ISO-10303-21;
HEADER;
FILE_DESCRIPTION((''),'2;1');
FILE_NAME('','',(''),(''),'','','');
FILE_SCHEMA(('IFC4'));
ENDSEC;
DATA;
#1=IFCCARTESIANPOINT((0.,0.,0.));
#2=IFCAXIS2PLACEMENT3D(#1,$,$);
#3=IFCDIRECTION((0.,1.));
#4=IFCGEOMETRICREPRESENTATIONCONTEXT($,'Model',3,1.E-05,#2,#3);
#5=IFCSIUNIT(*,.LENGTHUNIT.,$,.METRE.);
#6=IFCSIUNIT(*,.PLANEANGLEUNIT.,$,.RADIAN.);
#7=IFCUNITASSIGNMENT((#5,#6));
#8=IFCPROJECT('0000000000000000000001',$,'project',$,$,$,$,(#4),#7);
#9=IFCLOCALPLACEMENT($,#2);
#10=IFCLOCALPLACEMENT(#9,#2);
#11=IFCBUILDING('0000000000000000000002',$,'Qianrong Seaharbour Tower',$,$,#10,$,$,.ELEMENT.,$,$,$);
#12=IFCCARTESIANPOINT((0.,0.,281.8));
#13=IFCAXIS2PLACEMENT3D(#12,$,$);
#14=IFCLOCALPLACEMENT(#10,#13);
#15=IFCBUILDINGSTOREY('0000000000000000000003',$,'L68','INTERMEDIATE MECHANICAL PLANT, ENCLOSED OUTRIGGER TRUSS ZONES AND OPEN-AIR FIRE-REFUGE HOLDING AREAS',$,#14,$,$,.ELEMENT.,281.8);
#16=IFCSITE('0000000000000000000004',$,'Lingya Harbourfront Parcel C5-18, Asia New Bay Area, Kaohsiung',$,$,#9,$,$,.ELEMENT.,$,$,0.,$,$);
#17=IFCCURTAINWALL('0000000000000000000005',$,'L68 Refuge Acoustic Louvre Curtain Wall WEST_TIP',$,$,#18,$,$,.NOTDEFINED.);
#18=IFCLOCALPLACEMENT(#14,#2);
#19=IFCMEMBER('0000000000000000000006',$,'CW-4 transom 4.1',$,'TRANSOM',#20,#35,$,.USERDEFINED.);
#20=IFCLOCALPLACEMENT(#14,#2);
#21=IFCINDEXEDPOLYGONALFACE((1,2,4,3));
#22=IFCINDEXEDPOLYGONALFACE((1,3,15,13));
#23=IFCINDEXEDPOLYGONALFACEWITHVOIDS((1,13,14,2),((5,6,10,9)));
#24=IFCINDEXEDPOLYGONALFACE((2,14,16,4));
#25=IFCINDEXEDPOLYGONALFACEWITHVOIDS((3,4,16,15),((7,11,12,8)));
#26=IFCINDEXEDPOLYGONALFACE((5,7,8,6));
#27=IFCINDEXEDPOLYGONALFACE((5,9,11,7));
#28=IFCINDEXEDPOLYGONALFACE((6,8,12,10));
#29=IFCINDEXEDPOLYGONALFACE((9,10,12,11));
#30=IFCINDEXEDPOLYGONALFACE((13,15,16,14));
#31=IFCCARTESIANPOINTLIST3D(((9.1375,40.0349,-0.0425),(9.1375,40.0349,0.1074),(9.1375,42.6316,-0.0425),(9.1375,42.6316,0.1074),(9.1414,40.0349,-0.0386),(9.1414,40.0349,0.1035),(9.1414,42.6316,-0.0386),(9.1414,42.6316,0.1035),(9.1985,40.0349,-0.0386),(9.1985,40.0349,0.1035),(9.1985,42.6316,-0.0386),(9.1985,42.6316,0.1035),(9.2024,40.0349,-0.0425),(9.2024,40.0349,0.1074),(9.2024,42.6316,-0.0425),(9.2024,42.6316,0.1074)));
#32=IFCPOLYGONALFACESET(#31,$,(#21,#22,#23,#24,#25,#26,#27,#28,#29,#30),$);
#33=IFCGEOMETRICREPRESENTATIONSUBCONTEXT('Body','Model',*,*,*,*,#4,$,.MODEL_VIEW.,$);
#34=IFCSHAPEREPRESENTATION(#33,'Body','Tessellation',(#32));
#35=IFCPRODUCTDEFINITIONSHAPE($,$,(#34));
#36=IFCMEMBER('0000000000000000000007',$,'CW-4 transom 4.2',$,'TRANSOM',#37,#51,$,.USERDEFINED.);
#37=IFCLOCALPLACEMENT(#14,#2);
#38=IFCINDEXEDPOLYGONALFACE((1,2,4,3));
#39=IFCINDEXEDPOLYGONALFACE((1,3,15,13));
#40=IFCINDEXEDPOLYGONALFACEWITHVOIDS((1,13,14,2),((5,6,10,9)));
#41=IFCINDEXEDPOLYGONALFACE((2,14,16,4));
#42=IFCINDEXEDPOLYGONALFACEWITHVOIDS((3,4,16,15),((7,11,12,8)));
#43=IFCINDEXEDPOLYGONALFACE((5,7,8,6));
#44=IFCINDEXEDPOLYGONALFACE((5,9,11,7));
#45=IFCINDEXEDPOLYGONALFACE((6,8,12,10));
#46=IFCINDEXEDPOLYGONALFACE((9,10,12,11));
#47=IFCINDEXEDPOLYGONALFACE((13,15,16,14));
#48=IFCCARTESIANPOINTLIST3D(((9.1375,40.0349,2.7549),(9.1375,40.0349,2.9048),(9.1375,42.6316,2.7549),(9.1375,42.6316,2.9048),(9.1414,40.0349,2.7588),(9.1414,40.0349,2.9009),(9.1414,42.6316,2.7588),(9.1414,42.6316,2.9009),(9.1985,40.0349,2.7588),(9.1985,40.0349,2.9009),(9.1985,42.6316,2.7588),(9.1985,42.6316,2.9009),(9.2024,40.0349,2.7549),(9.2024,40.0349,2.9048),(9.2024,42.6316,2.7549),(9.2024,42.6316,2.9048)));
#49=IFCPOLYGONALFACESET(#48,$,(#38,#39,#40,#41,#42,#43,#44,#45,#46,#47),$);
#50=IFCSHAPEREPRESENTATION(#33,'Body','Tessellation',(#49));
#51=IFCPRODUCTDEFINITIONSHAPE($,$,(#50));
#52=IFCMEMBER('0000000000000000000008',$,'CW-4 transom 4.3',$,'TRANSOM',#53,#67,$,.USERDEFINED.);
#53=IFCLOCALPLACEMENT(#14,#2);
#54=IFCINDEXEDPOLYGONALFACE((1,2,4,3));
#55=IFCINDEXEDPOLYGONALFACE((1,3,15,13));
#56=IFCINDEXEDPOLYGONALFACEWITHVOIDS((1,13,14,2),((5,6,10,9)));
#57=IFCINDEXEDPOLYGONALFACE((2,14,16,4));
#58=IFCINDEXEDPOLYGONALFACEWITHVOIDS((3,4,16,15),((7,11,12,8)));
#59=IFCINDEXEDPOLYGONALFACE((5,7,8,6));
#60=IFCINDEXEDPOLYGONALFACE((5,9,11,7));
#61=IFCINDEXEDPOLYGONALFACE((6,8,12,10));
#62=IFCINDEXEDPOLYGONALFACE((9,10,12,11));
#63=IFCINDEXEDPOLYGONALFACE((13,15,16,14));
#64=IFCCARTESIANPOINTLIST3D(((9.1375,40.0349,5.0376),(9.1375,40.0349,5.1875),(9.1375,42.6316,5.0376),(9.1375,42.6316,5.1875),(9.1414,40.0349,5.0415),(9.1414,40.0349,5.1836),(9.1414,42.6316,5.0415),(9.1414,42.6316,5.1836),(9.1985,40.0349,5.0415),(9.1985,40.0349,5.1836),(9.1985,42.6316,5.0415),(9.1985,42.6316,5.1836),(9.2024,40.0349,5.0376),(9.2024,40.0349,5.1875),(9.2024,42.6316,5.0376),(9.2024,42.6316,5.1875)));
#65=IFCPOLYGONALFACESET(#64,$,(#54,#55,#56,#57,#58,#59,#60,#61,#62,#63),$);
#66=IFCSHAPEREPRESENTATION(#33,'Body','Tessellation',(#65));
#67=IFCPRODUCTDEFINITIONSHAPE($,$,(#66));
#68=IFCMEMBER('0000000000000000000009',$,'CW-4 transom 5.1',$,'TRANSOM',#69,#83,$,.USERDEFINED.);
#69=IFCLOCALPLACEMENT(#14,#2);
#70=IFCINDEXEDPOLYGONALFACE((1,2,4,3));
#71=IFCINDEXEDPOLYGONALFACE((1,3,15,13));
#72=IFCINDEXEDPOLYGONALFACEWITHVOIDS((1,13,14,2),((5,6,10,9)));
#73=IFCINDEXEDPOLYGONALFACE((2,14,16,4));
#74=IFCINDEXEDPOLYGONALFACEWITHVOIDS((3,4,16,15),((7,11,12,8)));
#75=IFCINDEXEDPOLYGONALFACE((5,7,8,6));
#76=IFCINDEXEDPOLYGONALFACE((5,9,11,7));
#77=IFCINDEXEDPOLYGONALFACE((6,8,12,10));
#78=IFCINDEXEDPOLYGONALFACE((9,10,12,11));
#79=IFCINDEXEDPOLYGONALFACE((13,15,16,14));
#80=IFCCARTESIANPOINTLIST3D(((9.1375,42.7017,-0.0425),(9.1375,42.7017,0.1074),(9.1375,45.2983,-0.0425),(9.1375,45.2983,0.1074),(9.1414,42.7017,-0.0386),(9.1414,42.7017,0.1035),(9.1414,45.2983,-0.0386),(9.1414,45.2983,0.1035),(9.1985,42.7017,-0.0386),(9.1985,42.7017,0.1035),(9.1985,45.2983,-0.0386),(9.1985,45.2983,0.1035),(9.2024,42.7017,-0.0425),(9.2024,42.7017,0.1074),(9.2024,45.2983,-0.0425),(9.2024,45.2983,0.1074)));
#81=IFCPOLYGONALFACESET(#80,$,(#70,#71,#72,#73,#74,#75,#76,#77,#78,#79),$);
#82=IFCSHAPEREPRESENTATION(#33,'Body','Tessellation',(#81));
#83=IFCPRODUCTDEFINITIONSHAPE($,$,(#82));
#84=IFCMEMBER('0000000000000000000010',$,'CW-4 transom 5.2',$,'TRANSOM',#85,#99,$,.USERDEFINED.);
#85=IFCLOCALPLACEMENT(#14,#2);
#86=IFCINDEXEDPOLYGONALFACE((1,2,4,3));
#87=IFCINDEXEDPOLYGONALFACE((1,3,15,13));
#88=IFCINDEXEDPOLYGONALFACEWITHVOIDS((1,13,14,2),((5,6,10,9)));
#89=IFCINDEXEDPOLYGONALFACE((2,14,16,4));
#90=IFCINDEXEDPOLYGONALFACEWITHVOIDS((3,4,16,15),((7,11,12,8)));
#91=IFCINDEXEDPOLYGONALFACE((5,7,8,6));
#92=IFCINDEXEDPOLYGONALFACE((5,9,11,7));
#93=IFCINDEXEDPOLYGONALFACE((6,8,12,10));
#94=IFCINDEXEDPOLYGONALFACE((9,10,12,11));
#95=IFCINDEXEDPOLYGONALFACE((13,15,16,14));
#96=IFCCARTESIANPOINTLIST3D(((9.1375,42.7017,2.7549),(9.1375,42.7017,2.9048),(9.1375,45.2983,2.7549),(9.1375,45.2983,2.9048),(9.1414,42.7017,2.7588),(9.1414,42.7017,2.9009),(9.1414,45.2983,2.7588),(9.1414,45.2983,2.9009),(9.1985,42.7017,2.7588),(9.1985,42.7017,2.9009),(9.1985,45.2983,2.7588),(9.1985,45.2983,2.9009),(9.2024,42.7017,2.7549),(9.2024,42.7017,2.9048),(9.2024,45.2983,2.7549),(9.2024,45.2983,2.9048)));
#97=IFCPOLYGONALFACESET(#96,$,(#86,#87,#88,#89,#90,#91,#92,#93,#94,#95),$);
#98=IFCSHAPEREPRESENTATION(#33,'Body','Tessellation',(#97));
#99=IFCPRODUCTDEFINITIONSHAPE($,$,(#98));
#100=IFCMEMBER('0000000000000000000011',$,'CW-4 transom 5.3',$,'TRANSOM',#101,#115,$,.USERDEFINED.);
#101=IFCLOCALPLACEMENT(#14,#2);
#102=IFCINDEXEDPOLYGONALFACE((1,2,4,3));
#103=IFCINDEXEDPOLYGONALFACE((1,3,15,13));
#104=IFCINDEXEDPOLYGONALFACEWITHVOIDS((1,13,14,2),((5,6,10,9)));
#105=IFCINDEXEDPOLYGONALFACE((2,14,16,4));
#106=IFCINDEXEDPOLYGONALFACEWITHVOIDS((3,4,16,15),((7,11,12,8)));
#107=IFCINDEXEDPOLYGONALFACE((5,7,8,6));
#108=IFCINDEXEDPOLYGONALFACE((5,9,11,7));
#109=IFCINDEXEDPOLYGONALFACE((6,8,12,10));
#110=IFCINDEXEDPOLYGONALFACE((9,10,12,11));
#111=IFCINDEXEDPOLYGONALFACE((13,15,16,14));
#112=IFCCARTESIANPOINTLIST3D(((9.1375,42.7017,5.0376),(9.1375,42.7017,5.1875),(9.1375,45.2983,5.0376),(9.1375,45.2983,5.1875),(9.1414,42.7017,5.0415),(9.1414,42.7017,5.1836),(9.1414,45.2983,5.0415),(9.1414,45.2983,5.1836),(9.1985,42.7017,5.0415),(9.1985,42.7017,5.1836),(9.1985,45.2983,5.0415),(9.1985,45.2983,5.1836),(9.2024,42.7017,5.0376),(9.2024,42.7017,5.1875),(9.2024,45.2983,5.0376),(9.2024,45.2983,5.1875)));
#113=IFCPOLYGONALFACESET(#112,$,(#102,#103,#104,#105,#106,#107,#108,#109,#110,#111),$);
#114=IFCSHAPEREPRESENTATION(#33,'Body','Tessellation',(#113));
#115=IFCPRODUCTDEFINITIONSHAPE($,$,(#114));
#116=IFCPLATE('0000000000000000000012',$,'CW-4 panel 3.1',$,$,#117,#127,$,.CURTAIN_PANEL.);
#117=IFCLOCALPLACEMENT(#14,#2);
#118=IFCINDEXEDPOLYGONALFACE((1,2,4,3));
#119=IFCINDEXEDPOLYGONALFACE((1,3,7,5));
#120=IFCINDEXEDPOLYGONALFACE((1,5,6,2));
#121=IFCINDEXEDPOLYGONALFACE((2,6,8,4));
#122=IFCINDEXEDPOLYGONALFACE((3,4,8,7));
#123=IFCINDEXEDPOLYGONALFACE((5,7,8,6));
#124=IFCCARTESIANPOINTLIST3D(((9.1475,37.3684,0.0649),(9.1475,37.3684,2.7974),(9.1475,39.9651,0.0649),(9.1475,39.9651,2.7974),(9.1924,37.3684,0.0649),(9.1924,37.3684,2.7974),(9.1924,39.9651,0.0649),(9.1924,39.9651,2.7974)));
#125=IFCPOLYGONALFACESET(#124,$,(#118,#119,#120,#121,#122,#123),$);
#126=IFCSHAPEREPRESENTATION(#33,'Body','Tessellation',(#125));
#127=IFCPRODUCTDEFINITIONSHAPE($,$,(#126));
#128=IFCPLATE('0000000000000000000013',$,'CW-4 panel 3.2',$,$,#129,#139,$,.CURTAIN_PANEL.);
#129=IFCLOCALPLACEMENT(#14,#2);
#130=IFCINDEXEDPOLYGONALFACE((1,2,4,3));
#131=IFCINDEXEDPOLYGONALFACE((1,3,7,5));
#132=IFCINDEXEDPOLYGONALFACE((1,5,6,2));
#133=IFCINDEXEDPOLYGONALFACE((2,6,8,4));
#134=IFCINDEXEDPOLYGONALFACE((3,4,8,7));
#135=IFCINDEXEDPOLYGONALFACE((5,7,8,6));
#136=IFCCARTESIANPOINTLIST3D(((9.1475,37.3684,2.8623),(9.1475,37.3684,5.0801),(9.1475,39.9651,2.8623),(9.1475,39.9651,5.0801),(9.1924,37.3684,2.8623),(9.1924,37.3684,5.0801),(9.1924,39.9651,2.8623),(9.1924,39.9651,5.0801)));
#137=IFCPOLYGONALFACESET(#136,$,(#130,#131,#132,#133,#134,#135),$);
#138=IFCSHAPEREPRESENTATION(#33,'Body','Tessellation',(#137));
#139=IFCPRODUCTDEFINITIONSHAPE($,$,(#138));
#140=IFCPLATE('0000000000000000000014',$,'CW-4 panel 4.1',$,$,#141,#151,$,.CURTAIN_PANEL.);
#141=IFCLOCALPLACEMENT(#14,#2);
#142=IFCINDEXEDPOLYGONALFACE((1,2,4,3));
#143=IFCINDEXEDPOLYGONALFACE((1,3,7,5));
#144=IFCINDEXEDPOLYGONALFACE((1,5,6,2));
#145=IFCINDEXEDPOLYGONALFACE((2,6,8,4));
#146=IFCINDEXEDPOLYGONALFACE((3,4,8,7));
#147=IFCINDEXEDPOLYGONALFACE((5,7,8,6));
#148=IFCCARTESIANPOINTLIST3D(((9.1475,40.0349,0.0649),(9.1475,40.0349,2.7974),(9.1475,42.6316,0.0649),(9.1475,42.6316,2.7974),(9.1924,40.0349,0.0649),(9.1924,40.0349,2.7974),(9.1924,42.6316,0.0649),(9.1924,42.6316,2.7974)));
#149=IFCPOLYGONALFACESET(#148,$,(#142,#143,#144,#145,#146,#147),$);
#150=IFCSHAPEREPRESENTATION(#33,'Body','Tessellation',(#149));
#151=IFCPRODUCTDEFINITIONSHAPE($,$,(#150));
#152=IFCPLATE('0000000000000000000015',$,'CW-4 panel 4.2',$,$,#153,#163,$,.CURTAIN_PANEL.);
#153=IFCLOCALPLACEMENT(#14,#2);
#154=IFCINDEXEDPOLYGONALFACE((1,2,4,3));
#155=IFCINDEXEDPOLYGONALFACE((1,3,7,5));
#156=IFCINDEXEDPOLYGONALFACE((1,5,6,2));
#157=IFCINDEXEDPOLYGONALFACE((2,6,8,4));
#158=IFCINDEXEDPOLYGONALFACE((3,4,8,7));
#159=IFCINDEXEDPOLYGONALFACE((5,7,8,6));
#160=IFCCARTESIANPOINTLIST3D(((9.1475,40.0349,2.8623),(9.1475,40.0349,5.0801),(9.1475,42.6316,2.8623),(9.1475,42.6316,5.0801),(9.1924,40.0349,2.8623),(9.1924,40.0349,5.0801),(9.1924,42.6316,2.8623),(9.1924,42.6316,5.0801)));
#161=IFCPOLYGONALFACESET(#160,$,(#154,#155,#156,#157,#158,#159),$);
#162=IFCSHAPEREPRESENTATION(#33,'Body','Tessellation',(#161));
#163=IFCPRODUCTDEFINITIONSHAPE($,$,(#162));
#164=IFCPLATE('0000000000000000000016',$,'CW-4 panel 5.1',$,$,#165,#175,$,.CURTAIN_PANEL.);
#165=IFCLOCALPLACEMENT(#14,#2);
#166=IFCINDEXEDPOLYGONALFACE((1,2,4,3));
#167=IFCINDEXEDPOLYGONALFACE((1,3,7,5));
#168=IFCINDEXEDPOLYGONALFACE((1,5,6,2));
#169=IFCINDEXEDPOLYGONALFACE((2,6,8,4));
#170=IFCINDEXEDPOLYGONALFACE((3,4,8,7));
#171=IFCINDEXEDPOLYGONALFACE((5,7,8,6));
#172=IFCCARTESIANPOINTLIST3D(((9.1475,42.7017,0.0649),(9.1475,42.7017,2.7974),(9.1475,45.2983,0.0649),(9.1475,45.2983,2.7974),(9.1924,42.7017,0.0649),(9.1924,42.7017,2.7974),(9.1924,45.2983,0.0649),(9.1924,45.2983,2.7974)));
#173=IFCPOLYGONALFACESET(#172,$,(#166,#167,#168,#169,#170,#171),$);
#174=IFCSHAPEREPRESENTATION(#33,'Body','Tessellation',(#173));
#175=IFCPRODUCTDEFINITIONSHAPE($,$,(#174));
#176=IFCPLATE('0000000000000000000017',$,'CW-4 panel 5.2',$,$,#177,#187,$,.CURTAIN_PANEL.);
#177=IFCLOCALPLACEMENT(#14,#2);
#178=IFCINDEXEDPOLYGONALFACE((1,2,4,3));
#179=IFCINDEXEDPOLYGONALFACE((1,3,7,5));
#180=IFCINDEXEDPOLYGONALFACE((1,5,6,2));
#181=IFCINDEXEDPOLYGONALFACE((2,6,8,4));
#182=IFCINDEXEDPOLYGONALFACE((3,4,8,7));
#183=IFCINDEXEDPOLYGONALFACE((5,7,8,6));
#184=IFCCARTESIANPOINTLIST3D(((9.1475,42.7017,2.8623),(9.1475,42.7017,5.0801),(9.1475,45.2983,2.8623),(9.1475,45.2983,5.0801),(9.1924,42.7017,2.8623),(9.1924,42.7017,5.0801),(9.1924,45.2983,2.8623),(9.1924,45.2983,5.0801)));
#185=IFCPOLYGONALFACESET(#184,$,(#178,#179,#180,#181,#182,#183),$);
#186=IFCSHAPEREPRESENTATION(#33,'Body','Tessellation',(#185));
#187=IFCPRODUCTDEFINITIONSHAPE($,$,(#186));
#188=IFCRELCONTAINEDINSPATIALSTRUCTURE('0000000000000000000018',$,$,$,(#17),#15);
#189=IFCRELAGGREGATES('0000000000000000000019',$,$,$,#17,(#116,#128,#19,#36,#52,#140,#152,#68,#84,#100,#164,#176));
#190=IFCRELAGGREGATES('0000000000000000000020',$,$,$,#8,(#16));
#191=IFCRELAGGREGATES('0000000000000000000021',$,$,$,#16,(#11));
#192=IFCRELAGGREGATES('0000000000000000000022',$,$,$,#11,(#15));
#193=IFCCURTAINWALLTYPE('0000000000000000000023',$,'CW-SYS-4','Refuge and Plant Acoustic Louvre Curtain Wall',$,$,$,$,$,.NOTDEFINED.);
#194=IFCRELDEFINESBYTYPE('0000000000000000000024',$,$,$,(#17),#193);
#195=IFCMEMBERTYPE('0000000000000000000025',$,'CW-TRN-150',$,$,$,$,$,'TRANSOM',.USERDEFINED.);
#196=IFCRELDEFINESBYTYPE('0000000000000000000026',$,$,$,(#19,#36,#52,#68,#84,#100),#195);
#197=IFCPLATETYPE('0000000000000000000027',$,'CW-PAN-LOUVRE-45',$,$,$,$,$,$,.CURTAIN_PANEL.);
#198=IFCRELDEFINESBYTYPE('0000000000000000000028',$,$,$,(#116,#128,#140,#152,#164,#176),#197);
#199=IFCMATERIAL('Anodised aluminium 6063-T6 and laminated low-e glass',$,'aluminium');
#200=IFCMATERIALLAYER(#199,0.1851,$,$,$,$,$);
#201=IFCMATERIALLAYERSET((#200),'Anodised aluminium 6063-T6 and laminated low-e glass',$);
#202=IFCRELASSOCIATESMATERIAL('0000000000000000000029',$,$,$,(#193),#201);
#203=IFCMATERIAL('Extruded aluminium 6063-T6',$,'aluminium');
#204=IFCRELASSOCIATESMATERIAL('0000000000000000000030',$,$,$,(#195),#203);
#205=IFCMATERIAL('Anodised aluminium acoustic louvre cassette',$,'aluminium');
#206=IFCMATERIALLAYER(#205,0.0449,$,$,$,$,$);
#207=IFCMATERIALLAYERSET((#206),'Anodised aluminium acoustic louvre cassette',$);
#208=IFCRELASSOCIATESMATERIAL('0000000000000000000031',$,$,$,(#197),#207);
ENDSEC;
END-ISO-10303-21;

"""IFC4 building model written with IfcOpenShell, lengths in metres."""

from ifc_helpers import new_model, si_unit, direction, frame, origin, origin_2d, place, context, subcontext, project, spatial, rectangle, hollow_rectangle, extrude, material, layer, layer_set, material_profile, profile_set, type_object, element, aggregate, save


model = new_model("IFC4")

# Units and contexts
model_context = context("Model", 3, precision=1e-05, world=origin(), true_north=direction((0.0, 1.0)))
body_context = subcontext(model_context, "Body", "Model", "MODEL_VIEW")
ifc_project = project(units=[si_unit("LENGTHUNIT", "METRE"), si_unit("PLANEANGLEUNIT", "RADIAN")], contexts=[model_context])

# Site, building, storey
site_placement = place(None, origin())
site = spatial("IfcSite", under=ifc_project, at=site_placement, Name="Lingya Harbourfront Parcel C5-18, Asia New Bay Area, Kaohsiung", CompositionType="ELEMENT", RefElevation=0.0)
building_placement = place(site_placement, origin())
building = spatial("IfcBuilding", under=site, at=building_placement, Name="Qianrong Seaharbour Tower", CompositionType="ELEMENT")
storey_placement = place(building_placement, frame((0.0, 0.0, 281.8)))
storey = spatial("IfcBuildingStorey", under=building, at=storey_placement, Name="L68", Description="INTERMEDIATE MECHANICAL PLANT, ENCLOSED OUTRIGGER TRUSS ZONES AND OPEN-AIR FIRE-REFUGE HOLDING AREAS", CompositionType="ELEMENT", Elevation=281.8)

# Curtain wall, members, plates
ifc_material_1 = material(Name="Anodised aluminium 6063-T6 and laminated low-e glass", Category="aluminium")
ifc_layer_1 = layer(ifc_material_1, 0.1851)
ifc_layer_set_1 = layer_set([ifc_layer_1], Name="Anodised aluminium 6063-T6 and laminated low-e glass")
curtain_wall_type = type_object("IfcCurtainWallType", Name="CW-SYS-4", Description="Refuge and Plant Acoustic Louvre Curtain Wall", PredefinedType="NOTDEFINED", material=ifc_layer_set_1)
curtain_wall_placement = place(storey_placement, origin())
curtain_wall = element("IfcCurtainWall", 1, at=curtain_wall_placement, inside=storey, type_object=curtain_wall_type, Name="L68 Refuge Acoustic Louvre Curtain Wall WEST_TIP", PredefinedType="NOTDEFINED")
ifc_material_2 = material(Name="Extruded aluminium 6063-T6", Category="aluminium")
ifc_material_profile_1 = material_profile(ifc_material_2, hollow_rectangle(XDim=0.0649, YDim=0.1499, WallThickness=0.0039, at=origin_2d()), Name="ALU-TRN-150x65x4")
ifc_profile_set_1 = profile_set([ifc_material_profile_1], Name="Extruded aluminium 6063-T6")
member_type_1 = type_object("IfcMemberType", Name="CW-TRN-150", ElementType="TRANSOM", PredefinedType="USERDEFINED", material=ifc_profile_set_1)
member_1_placement = place(storey_placement, frame((9.1699, 40.0349, 0.0325), z_axis=(0.0, 1.0, 0.0), x_axis=(-1.0, 0.0, 0.0)))
member_1 = element("IfcMember", 2, at=member_1_placement, type_object=member_type_1, Name="CW-4 transom 4.1", ObjectType="TRANSOM", PredefinedType="USERDEFINED", context=body_context, shape_type="SweptSolid", body=[
    extrude(hollow_rectangle(XDim=0.0649, YDim=0.1499, WallThickness=0.0039, at=origin_2d()), origin(), (0.0, 0.0, 1.0), 2.5967),
])
member_2_placement = place(storey_placement, frame((9.1699, 40.0349, 2.8298), z_axis=(0.0, 1.0, 0.0), x_axis=(-1.0, 0.0, 0.0)))
member_2 = element("IfcMember", 3, at=member_2_placement, type_object=member_type_1, Name="CW-4 transom 4.2", ObjectType="TRANSOM", PredefinedType="USERDEFINED", context=body_context, shape_type="SweptSolid", body=[
    extrude(hollow_rectangle(XDim=0.0649, YDim=0.1499, WallThickness=0.0039, at=origin_2d()), origin(), (0.0, 0.0, 1.0), 2.5967),
])
member_3_placement = place(storey_placement, frame((9.1699, 40.0349, 5.1125), z_axis=(0.0, 1.0, 0.0), x_axis=(-1.0, 0.0, 0.0)))
member_3 = element("IfcMember", 4, at=member_3_placement, type_object=member_type_1, Name="CW-4 transom 4.3", ObjectType="TRANSOM", PredefinedType="USERDEFINED", context=body_context, shape_type="SweptSolid", body=[
    extrude(hollow_rectangle(XDim=0.0649, YDim=0.1499, WallThickness=0.0039, at=origin_2d()), origin(), (0.0, 0.0, 1.0), 2.5967),
])
member_4_placement = place(storey_placement, frame((9.1699, 42.7017, 0.0325), z_axis=(0.0, 1.0, 0.0), x_axis=(-1.0, 0.0, 0.0)))
member_4 = element("IfcMember", 5, at=member_4_placement, type_object=member_type_1, Name="CW-4 transom 5.1", ObjectType="TRANSOM", PredefinedType="USERDEFINED", context=body_context, shape_type="SweptSolid", body=[
    extrude(hollow_rectangle(XDim=0.0649, YDim=0.1499, WallThickness=0.0039, at=origin_2d()), origin(), (0.0, 0.0, 1.0), 2.5967),
])
member_5_placement = place(storey_placement, frame((9.1699, 42.7017, 2.8298), z_axis=(0.0, 1.0, 0.0), x_axis=(-1.0, 0.0, 0.0)))
member_5 = element("IfcMember", 6, at=member_5_placement, type_object=member_type_1, Name="CW-4 transom 5.2", ObjectType="TRANSOM", PredefinedType="USERDEFINED", context=body_context, shape_type="SweptSolid", body=[
    extrude(hollow_rectangle(XDim=0.0649, YDim=0.1499, WallThickness=0.0039, at=origin_2d()), origin(), (0.0, 0.0, 1.0), 2.5967),
])
member_6_placement = place(storey_placement, frame((9.1699, 42.7017, 5.1125), z_axis=(0.0, 1.0, 0.0), x_axis=(-1.0, 0.0, 0.0)))
member_6 = element("IfcMember", 7, at=member_6_placement, type_object=member_type_1, Name="CW-4 transom 5.3", ObjectType="TRANSOM", PredefinedType="USERDEFINED", context=body_context, shape_type="SweptSolid", body=[
    extrude(hollow_rectangle(XDim=0.0649, YDim=0.1499, WallThickness=0.0039, at=origin_2d()), origin(), (0.0, 0.0, 1.0), 2.5967),
])
ifc_material_3 = material(Name="Anodised aluminium acoustic louvre cassette", Category="aluminium")
ifc_layer_2 = layer(ifc_material_3, 0.0449)
ifc_layer_set_2 = layer_set([ifc_layer_2], Name="Anodised aluminium acoustic louvre cassette")
plate_type_1 = type_object("IfcPlateType", Name="CW-PAN-LOUVRE-45", PredefinedType="CURTAIN_PANEL", material=ifc_layer_set_2)
plate_1_placement = place(storey_placement, frame((9.1699, 38.6667, 0.0649), z_axis=(0.0, 0.0, 1.0), x_axis=(0.0, 1.0, 0.0)))
plate_1 = element("IfcPlate", 8, at=plate_1_placement, type_object=plate_type_1, Name="CW-4 panel 3.1", PredefinedType="CURTAIN_PANEL", context=body_context, shape_type="SweptSolid", body=[
    extrude(rectangle(XDim=2.5967, YDim=0.0449, at=origin_2d()), origin(), (0.0, 0.0, 1.0), 2.7324),
])
plate_2_placement = place(storey_placement, frame((9.1699, 38.6667, 2.8623), z_axis=(0.0, 0.0, 1.0), x_axis=(0.0, 1.0, 0.0)))
plate_2 = element("IfcPlate", 9, at=plate_2_placement, type_object=plate_type_1, Name="CW-4 panel 3.2", PredefinedType="CURTAIN_PANEL", context=body_context, shape_type="SweptSolid", body=[
    extrude(rectangle(XDim=2.5967, YDim=0.0449, at=origin_2d()), origin(), (0.0, 0.0, 1.0), 2.2178),
])
plate_3_placement = place(storey_placement, frame((9.1699, 41.3333, 0.0649), z_axis=(0.0, 0.0, 1.0), x_axis=(0.0, 1.0, 0.0)))
plate_3 = element("IfcPlate", 10, at=plate_3_placement, type_object=plate_type_1, Name="CW-4 panel 4.1", PredefinedType="CURTAIN_PANEL", context=body_context, shape_type="SweptSolid", body=[
    extrude(rectangle(XDim=2.5967, YDim=0.0449, at=origin_2d()), origin(), (0.0, 0.0, 1.0), 2.7324),
])
plate_4_placement = place(storey_placement, frame((9.1699, 41.3333, 2.8623), z_axis=(0.0, 0.0, 1.0), x_axis=(0.0, 1.0, 0.0)))
plate_4 = element("IfcPlate", 11, at=plate_4_placement, type_object=plate_type_1, Name="CW-4 panel 4.2", PredefinedType="CURTAIN_PANEL", context=body_context, shape_type="SweptSolid", body=[
    extrude(rectangle(XDim=2.5967, YDim=0.0449, at=origin_2d()), origin(), (0.0, 0.0, 1.0), 2.2178),
])
plate_5_placement = place(storey_placement, frame((9.1699, 44.0, 0.0649), z_axis=(0.0, 0.0, 1.0), x_axis=(0.0, 1.0, 0.0)))
plate_5 = element("IfcPlate", 12, at=plate_5_placement, type_object=plate_type_1, Name="CW-4 panel 5.1", PredefinedType="CURTAIN_PANEL", context=body_context, shape_type="SweptSolid", body=[
    extrude(rectangle(XDim=2.5967, YDim=0.0449, at=origin_2d()), origin(), (0.0, 0.0, 1.0), 2.7324),
])
plate_6_placement = place(storey_placement, frame((9.1699, 44.0, 2.8623), z_axis=(0.0, 0.0, 1.0), x_axis=(0.0, 1.0, 0.0)))
plate_6 = element("IfcPlate", 13, at=plate_6_placement, type_object=plate_type_1, Name="CW-4 panel 5.2", PredefinedType="CURTAIN_PANEL", context=body_context, shape_type="SweptSolid", body=[
    extrude(rectangle(XDim=2.5967, YDim=0.0449, at=origin_2d()), origin(), (0.0, 0.0, 1.0), 2.2178),
])
aggregate(curtain_wall, [plate_1, plate_2, member_1, member_2, member_3, plate_3, plate_4, member_4, member_5, member_6, plate_5, plate_6])

save(model, "model.ifc")
